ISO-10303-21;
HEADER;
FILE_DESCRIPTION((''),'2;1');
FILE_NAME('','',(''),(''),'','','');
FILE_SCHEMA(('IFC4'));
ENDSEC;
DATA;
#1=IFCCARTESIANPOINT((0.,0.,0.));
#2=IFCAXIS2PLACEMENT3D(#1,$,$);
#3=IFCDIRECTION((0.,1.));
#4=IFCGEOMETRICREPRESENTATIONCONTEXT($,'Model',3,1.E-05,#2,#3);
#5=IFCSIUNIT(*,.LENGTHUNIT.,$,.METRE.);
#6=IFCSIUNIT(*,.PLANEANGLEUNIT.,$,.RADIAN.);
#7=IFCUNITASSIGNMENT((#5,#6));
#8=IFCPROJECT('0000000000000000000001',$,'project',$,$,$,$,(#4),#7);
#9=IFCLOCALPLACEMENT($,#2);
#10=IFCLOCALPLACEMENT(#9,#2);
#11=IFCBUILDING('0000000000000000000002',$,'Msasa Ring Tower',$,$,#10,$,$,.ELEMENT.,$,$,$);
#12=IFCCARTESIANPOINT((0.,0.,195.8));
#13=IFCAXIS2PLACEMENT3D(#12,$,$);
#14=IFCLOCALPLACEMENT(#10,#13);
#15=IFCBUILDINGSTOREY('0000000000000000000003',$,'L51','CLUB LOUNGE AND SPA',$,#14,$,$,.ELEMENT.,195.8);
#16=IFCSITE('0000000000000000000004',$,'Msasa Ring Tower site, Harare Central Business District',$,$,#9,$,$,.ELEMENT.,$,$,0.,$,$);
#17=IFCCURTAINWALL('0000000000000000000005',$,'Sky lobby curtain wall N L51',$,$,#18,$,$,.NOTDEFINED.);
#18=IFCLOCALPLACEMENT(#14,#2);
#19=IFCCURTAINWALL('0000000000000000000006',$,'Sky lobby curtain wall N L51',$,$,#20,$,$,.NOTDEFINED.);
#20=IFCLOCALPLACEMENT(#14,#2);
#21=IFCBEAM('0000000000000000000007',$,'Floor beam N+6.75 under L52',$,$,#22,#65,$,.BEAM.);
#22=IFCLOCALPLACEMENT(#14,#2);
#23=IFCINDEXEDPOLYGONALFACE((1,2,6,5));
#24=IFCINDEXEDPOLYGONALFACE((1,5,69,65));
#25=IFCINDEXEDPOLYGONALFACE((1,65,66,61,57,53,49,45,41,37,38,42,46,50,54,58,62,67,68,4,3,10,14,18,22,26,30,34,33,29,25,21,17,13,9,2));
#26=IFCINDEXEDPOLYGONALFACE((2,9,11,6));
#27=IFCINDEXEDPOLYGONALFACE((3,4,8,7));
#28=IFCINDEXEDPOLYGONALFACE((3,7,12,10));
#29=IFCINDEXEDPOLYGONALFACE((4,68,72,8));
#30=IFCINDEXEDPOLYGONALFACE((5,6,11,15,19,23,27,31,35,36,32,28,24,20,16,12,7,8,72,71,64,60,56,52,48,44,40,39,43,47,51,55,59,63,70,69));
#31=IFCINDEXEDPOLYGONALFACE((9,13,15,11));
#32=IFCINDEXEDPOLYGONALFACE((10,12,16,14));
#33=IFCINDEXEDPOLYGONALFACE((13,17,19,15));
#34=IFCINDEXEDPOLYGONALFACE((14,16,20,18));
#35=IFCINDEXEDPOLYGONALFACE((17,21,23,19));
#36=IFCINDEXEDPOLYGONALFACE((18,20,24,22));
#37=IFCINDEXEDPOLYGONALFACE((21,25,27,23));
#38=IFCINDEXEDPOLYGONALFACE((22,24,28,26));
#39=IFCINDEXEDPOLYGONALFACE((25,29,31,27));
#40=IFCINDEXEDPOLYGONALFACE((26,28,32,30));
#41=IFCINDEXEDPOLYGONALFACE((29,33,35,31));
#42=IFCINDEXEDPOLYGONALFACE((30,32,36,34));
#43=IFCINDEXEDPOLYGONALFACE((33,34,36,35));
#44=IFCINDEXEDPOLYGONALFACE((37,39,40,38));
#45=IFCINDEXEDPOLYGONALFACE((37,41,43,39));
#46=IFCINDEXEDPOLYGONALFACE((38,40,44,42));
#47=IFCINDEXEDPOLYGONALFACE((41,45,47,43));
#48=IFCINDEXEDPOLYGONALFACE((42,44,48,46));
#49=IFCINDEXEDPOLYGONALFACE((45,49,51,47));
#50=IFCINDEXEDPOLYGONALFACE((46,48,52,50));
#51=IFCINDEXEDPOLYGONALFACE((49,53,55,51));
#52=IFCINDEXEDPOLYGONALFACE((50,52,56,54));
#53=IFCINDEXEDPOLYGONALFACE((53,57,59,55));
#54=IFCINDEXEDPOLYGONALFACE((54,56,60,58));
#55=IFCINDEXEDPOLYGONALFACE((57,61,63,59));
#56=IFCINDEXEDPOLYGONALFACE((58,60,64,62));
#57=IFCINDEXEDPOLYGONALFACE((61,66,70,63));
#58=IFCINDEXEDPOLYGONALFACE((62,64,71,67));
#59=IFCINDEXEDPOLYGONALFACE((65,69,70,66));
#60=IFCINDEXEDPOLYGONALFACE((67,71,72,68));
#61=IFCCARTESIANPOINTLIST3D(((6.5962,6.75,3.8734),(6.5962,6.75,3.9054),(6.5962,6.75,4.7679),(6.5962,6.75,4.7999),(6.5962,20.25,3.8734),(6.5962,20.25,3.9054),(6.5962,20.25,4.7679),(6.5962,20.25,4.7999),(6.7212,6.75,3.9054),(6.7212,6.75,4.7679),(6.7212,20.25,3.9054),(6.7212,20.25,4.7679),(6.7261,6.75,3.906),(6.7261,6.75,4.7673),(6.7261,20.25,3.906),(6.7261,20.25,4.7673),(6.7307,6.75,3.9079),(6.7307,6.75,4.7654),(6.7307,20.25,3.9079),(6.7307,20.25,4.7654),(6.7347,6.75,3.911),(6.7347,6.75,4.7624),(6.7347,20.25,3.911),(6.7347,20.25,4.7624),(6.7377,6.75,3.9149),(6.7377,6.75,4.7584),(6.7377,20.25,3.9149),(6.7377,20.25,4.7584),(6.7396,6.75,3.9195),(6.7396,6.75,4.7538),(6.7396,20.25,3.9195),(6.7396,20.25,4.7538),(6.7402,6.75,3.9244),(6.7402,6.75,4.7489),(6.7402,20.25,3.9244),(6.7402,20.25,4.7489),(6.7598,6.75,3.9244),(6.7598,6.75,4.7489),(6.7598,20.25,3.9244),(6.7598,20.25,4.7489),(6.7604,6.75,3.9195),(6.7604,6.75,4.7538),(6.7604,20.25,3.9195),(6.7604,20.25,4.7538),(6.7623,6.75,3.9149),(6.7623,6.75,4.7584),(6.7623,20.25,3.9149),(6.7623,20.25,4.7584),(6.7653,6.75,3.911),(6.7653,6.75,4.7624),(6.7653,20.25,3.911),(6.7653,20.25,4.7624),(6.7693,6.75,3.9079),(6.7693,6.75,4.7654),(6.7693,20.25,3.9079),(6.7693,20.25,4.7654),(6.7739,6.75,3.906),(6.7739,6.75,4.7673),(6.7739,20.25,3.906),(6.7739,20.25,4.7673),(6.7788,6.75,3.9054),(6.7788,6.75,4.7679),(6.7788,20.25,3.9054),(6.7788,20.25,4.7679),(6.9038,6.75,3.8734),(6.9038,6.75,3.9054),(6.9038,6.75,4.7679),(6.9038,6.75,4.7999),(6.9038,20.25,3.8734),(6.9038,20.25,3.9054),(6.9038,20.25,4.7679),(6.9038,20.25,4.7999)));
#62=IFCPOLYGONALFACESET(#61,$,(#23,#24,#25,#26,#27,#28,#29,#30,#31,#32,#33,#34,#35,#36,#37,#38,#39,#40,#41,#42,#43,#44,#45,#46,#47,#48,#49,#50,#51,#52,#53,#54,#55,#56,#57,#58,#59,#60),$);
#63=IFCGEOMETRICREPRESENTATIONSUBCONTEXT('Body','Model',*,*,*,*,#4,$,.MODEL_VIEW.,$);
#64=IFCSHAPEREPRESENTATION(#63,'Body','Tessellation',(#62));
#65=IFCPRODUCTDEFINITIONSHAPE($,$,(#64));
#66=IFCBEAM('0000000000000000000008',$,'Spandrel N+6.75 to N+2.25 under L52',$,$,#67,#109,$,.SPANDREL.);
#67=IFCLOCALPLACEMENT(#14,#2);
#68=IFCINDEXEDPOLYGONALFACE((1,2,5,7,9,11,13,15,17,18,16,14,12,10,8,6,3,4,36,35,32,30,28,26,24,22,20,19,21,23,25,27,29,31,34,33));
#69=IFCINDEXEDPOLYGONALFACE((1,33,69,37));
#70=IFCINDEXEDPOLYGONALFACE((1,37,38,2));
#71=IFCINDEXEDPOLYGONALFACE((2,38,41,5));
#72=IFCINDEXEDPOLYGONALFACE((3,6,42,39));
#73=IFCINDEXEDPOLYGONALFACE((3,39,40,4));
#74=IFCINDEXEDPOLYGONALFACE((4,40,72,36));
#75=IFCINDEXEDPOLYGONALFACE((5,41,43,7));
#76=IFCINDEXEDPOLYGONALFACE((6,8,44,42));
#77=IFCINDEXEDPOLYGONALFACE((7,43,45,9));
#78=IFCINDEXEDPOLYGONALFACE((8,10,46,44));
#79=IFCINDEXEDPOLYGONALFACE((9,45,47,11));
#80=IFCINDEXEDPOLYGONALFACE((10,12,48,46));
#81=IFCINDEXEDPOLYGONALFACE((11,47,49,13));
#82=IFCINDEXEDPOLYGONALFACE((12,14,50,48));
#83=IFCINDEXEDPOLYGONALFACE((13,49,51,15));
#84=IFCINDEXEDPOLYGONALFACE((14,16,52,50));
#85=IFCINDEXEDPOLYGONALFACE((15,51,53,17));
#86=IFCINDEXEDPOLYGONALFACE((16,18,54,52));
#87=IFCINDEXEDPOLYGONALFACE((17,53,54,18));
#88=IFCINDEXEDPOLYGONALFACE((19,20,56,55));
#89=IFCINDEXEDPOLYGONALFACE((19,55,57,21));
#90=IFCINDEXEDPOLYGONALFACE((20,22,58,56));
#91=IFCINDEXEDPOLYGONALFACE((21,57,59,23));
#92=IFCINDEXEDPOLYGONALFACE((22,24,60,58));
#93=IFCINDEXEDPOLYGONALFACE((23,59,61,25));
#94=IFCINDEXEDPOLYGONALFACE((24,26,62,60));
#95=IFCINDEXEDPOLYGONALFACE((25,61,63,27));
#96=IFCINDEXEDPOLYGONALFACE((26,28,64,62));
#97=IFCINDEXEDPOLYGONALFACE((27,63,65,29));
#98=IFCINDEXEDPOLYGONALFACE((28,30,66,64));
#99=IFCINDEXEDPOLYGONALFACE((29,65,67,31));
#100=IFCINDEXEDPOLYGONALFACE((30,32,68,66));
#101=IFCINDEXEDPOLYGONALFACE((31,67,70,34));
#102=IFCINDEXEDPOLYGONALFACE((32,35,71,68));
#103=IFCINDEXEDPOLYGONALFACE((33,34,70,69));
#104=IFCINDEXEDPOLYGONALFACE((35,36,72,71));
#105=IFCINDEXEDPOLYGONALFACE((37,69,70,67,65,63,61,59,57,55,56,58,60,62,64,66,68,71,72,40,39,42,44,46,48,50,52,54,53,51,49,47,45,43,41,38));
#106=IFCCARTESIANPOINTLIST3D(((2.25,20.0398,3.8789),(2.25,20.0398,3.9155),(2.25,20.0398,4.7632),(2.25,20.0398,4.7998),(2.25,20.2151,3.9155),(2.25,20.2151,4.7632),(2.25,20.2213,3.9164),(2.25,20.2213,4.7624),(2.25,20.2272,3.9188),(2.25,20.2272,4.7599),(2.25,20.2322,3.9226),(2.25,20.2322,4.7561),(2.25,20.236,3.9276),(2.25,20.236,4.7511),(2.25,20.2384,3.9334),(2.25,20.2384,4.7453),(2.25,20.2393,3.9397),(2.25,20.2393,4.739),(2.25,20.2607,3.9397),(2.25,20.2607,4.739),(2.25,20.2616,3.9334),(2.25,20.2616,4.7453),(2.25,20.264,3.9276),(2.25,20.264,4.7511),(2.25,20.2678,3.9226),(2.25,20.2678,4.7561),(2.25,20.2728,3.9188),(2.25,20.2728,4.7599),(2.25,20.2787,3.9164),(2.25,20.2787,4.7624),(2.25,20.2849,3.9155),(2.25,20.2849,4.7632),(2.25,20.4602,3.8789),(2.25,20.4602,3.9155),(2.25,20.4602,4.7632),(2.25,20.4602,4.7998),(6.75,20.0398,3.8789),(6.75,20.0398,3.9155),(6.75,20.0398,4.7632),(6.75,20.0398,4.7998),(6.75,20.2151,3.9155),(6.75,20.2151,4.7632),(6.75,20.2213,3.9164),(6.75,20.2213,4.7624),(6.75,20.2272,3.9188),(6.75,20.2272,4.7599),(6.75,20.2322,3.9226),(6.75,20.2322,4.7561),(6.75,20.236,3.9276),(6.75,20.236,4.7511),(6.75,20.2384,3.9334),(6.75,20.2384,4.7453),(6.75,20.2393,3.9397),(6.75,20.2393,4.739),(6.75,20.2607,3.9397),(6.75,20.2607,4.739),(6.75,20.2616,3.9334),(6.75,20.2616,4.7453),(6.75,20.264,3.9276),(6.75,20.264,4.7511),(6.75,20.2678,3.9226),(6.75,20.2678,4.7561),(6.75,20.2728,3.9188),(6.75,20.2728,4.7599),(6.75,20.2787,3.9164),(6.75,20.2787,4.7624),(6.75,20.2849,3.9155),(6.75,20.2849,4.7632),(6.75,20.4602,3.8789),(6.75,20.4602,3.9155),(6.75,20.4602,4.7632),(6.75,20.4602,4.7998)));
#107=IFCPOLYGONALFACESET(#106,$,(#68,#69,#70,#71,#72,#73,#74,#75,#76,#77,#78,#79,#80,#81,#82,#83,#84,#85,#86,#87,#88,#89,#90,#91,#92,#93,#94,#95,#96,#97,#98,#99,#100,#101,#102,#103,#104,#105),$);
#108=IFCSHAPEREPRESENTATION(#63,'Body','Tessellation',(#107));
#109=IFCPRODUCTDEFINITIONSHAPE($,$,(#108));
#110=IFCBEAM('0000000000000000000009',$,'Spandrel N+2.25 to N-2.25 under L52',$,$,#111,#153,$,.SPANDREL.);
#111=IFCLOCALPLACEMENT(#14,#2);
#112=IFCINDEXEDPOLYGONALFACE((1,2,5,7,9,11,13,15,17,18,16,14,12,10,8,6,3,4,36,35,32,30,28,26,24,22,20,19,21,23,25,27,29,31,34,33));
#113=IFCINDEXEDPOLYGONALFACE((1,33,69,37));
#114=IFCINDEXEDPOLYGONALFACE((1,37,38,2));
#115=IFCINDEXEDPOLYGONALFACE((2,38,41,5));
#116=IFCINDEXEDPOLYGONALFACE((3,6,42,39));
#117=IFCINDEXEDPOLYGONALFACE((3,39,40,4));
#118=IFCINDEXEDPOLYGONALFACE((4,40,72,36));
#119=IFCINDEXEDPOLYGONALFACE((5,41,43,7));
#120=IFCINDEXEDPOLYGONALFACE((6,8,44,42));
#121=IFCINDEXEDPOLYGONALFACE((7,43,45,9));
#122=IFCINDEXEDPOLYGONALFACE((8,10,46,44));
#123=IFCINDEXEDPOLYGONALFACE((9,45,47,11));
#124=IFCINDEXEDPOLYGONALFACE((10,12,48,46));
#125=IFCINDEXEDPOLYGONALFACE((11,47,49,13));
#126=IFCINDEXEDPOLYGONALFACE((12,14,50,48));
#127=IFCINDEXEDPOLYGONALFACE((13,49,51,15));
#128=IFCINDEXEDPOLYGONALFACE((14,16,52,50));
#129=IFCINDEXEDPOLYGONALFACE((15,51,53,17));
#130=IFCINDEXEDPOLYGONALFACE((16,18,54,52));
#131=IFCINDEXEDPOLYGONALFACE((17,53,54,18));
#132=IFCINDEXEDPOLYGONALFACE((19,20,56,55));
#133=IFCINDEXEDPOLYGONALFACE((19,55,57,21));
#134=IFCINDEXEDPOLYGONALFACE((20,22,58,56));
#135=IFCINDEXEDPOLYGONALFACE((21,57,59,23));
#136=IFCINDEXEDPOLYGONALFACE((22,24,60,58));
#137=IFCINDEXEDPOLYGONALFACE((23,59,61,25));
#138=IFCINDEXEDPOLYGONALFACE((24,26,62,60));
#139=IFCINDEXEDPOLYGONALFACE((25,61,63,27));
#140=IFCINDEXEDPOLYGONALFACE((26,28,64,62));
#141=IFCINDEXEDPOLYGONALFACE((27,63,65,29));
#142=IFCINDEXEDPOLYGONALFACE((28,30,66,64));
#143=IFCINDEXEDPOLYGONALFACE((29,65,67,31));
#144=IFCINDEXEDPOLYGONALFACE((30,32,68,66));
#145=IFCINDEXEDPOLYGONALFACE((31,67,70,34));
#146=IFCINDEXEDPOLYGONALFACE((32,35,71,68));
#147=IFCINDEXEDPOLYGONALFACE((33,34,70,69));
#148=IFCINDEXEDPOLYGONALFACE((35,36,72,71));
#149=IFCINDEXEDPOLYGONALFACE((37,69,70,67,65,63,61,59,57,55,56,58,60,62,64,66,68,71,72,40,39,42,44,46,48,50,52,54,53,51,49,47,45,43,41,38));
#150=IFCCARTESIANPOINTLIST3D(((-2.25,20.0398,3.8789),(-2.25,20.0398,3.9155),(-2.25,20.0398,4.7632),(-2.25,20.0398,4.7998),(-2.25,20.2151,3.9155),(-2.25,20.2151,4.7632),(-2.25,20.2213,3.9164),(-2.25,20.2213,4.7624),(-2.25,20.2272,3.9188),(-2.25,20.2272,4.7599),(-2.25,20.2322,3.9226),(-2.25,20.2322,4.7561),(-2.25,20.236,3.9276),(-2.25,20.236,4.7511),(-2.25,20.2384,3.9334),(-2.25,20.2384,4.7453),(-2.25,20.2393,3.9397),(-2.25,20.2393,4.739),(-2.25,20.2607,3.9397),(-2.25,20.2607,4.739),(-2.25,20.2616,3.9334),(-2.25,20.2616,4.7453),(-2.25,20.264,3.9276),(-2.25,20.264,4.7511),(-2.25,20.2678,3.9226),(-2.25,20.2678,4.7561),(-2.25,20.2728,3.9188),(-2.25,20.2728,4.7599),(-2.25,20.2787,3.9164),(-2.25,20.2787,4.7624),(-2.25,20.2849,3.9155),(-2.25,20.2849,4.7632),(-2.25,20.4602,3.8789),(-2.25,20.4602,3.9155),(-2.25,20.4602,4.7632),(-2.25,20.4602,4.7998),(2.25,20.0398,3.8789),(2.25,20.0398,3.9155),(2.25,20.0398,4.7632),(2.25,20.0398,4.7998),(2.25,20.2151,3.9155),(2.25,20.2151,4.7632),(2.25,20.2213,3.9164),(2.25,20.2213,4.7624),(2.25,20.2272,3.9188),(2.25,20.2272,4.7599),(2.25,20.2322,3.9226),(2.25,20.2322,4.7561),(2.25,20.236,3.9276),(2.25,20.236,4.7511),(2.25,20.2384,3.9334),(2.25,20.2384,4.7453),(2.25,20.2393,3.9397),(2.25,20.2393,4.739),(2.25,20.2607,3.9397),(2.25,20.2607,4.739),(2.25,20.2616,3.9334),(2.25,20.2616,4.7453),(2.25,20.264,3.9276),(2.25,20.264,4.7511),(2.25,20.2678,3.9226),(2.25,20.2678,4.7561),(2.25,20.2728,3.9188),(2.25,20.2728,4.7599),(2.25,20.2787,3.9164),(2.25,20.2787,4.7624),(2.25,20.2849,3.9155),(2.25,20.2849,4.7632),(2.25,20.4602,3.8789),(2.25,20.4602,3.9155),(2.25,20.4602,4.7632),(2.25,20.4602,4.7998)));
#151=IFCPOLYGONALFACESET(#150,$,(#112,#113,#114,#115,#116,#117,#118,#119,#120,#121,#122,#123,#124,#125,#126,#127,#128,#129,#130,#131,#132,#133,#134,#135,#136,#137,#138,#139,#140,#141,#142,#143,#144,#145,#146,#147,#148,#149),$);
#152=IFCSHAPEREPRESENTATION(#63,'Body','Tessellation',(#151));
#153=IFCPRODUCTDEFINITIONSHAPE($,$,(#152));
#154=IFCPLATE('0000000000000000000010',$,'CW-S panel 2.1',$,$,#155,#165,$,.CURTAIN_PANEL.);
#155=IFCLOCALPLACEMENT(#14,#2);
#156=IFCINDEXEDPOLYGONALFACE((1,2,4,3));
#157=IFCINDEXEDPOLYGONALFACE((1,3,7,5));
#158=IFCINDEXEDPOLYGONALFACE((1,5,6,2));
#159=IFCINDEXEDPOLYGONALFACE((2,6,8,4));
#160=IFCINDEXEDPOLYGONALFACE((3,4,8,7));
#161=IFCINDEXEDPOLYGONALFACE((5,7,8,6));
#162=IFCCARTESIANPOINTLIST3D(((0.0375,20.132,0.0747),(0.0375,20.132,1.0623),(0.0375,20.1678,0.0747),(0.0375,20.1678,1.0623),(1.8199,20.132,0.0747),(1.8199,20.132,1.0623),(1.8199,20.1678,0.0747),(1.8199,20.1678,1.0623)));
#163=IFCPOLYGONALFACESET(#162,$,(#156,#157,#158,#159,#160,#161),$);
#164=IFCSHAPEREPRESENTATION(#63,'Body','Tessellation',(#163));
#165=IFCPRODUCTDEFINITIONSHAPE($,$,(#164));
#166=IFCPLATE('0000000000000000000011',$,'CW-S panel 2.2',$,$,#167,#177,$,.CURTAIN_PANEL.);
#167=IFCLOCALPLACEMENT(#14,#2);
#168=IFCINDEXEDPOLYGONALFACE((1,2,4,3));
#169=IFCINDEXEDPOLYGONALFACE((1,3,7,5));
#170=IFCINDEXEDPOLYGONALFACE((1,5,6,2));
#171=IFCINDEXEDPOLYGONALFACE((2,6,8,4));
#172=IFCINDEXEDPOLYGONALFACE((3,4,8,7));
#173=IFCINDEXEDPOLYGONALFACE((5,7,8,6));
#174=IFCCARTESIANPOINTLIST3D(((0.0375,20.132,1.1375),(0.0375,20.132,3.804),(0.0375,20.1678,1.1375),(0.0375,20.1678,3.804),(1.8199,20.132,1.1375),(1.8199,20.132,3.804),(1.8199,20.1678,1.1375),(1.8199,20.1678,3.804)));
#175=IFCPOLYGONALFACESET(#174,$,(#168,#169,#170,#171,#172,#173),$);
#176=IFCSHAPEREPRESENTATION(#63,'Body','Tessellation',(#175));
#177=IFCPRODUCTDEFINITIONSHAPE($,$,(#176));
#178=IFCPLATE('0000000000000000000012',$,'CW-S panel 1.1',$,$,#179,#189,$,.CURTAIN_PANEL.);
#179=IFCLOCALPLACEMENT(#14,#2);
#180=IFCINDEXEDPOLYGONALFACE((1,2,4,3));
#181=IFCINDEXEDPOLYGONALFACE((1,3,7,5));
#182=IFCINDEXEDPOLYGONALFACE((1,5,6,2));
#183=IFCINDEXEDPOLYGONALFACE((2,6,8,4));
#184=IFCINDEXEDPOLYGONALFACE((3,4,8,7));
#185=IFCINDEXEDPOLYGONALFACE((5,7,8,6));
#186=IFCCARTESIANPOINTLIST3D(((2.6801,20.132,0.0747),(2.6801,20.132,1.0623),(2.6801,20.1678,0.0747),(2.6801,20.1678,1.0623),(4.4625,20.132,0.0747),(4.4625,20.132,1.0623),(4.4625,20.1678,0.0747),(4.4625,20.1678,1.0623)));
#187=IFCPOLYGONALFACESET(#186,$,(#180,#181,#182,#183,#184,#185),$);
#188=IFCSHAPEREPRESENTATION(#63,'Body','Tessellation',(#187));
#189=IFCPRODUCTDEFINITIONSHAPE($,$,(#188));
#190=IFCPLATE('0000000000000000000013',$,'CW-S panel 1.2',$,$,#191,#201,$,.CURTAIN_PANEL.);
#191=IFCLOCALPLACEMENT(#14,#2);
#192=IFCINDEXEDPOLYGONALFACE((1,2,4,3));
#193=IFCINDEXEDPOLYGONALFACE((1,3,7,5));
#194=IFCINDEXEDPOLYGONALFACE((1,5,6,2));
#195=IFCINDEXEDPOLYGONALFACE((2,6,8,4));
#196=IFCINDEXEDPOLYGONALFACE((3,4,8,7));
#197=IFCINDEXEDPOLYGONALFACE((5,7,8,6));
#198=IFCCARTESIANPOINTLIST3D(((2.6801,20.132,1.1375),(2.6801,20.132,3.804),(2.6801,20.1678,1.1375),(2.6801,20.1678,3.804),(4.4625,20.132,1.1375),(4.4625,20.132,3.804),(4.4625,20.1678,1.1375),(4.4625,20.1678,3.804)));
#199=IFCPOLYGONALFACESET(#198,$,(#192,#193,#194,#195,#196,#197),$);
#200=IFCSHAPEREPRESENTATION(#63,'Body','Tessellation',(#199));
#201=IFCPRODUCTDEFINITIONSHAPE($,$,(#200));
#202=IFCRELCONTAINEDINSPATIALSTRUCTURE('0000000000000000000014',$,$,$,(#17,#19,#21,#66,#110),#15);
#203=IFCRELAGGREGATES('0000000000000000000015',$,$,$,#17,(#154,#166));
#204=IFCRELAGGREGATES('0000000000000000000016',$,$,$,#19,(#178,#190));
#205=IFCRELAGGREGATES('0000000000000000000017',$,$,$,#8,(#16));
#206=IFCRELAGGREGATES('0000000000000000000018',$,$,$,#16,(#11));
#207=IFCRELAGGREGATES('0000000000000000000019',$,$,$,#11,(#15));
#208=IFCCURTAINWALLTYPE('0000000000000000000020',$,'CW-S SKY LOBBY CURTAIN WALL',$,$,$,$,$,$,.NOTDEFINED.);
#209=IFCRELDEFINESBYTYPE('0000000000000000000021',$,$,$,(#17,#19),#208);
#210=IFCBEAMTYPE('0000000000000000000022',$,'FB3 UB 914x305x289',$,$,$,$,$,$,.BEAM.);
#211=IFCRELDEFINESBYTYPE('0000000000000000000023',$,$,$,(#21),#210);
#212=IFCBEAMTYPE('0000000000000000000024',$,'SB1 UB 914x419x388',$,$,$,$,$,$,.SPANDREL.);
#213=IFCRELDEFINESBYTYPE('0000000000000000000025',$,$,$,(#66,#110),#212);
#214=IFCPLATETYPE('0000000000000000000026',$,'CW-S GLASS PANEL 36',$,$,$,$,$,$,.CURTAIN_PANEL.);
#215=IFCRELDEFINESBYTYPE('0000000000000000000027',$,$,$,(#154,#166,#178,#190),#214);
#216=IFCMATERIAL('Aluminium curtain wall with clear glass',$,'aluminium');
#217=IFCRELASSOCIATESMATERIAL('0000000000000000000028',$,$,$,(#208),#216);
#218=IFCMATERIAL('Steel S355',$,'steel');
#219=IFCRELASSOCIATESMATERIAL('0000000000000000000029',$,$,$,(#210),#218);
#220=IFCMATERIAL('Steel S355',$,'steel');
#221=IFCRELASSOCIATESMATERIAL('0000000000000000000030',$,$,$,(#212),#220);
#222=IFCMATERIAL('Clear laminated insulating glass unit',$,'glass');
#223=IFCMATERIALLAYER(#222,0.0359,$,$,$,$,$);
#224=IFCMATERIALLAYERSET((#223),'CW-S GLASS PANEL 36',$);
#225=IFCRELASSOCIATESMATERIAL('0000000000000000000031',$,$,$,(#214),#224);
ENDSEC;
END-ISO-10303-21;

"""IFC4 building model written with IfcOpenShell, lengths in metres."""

from ifc_helpers import new_model, si_unit, direction, frame, origin, origin_2d, place, context, subcontext, project, spatial, rectangle, i_section, extrude, material, layer, layer_set, material_profile, profile_set, type_object, element, aggregate, save


model = new_model("IFC4")

# Units and contexts
model_context = context("Model", 3, precision=1e-05, world=origin(), true_north=direction((0.0, 1.0)))
body_context = subcontext(model_context, "Body", "Model", "MODEL_VIEW")
ifc_project = project(units=[si_unit("LENGTHUNIT", "METRE"), si_unit("PLANEANGLEUNIT", "RADIAN")], contexts=[model_context])

# Site, building, storey
site_placement = place(None, origin())
site = spatial("IfcSite", under=ifc_project, at=site_placement, Name="Msasa Ring Tower site, Harare Central Business District", CompositionType="ELEMENT", RefElevation=0.0)
building_placement = place(site_placement, origin())
building = spatial("IfcBuilding", under=site, at=building_placement, Name="Msasa Ring Tower", CompositionType="ELEMENT")
storey_placement = place(building_placement, frame((0.0, 0.0, 195.8)))
storey = spatial("IfcBuildingStorey", under=building, at=storey_placement, Name="L51", Description="CLUB LOUNGE AND SPA", CompositionType="ELEMENT", Elevation=195.8)

# Curtain wall
ifc_material_1 = material(Name="Aluminium curtain wall with clear glass", Category="aluminium")
curtain_wall_type = type_object("IfcCurtainWallType", Name="CW-S SKY LOBBY CURTAIN WALL", PredefinedType="NOTDEFINED", material=ifc_material_1)
curtain_wall_1_placement = place(storey_placement, origin())
curtain_wall_1 = element("IfcCurtainWall", 1, at=curtain_wall_1_placement, inside=storey, type_object=curtain_wall_type, Name="Sky lobby curtain wall N L51", PredefinedType="NOTDEFINED")

# Curtain wall
curtain_wall_2_placement = place(storey_placement, origin())
curtain_wall_2 = element("IfcCurtainWall", 2, at=curtain_wall_2_placement, inside=storey, type_object=curtain_wall_type, Name="Sky lobby curtain wall N L51", PredefinedType="NOTDEFINED")

# Beams
ifc_material_2 = material(Name="Steel S355", Category="steel")
ifc_material_profile_1 = material_profile(ifc_material_2, i_section(OverallWidth=0.3076, OverallDepth=0.9265, WebThickness=0.0195, FlangeThickness=0.032, FilletRadius=0.019, at=origin_2d()), Name="UB 914x305x289")
ifc_profile_set_1 = profile_set([ifc_material_profile_1], Name="Steel S355")
beam_type_1 = type_object("IfcBeamType", Name="FB3 UB 914x305x289", PredefinedType="BEAM", material=ifc_profile_set_1)
for number, where, z_axis, x_axis, name in (
    (3, (6.75, 20.25, 4.3367), (0.0, -1.0, 0.0), (1.0, 0.0, 0.0), "Floor beam N+6.75 under L52"),
):
    element("IfcBeam", number, at=place(storey_placement, frame(where, z_axis=z_axis, x_axis=x_axis)), inside=storey, type_object=beam_type_1, Name=name, PredefinedType="BEAM", context=body_context, shape_type="SweptSolid", body=[
        extrude(i_section(OverallWidth=0.3076, OverallDepth=0.9265, WebThickness=0.0195, FlangeThickness=0.032, FilletRadius=0.019, at=origin_2d()), origin(), (0.0, 0.0, 1.0), 13.5),
    ])
ifc_material_3 = material(Name="Steel S355", Category="steel")
ifc_material_profile_2 = material_profile(ifc_material_3, i_section(OverallWidth=0.4204, OverallDepth=0.9209, WebThickness=0.0215, FlangeThickness=0.0366, FilletRadius=0.0242, at=origin_2d()), Name="UB 914x419x388")
ifc_profile_set_2 = profile_set([ifc_material_profile_2], Name="Steel S355")
beam_type_2 = type_object("IfcBeamType", Name="SB1 UB 914x419x388", PredefinedType="SPANDREL", material=ifc_profile_set_2)
for number, where, z_axis, x_axis, name in (
    (4, (6.75, 20.25, 4.3394), (-1.0, 0.0, 0.0), (0.0, -1.0, 0.0), "Spandrel N+6.75 to N+2.25 under L52"),
    (5, (2.25, 20.25, 4.3394), (-1.0, 0.0, 0.0), (0.0, -1.0, 0.0), "Spandrel N+2.25 to N-2.25 under L52"),
):
    element("IfcBeam", number, at=place(storey_placement, frame(where, z_axis=z_axis, x_axis=x_axis)), inside=storey, type_object=beam_type_2, Name=name, PredefinedType="SPANDREL", context=body_context, shape_type="SweptSolid", body=[
        extrude(i_section(OverallWidth=0.4204, OverallDepth=0.9209, WebThickness=0.0215, FlangeThickness=0.0366, FilletRadius=0.0242, at=origin_2d()), origin(), (0.0, 0.0, 1.0), 4.5),
    ])

# Plates
ifc_material_4 = material(Name="Clear laminated insulating glass unit", Category="glass")
ifc_layer = layer(ifc_material_4, 0.0359)
ifc_layer_set = layer_set([ifc_layer], Name="CW-S GLASS PANEL 36")
plate_type = type_object("IfcPlateType", Name="CW-S GLASS PANEL 36", PredefinedType="CURTAIN_PANEL", material=ifc_layer_set)
plate_1_placement = place(storey_placement, frame((0.9287, 20.1499, 0.0747), z_axis=(0.0, 0.0, 1.0), x_axis=(1.0, 0.0, 0.0)))
plate_1 = element("IfcPlate", 6, at=plate_1_placement, type_object=plate_type, Name="CW-S panel 2.1", PredefinedType="CURTAIN_PANEL", context=body_context, shape_type="SweptSolid", body=[
    extrude(rectangle(XDim=1.7825, YDim=0.0359, at=origin_2d()), origin(), (0.0, 0.0, 1.0), 0.9875),
])
plate_2_placement = place(storey_placement, frame((0.9287, 20.1499, 1.1375), z_axis=(0.0, 0.0, 1.0), x_axis=(1.0, 0.0, 0.0)))
plate_2 = element("IfcPlate", 7, at=plate_2_placement, type_object=plate_type, Name="CW-S panel 2.2", PredefinedType="CURTAIN_PANEL", context=body_context, shape_type="SweptSolid", body=[
    extrude(rectangle(XDim=1.7825, YDim=0.0359, at=origin_2d()), origin(), (0.0, 0.0, 1.0), 2.6665),
])
aggregate(curtain_wall_1, [plate_1, plate_2])
plate_3_placement = place(storey_placement, frame((3.5713, 20.1499, 0.0747), z_axis=(0.0, 0.0, 1.0), x_axis=(1.0, 0.0, 0.0)))
plate_3 = element("IfcPlate", 8, at=plate_3_placement, type_object=plate_type, Name="CW-S panel 1.1", PredefinedType="CURTAIN_PANEL", context=body_context, shape_type="SweptSolid", body=[
    extrude(rectangle(XDim=1.7825, YDim=0.0359, at=origin_2d()), origin(), (0.0, 0.0, 1.0), 0.9875),
])
plate_4_placement = place(storey_placement, frame((3.5713, 20.1499, 1.1375), z_axis=(0.0, 0.0, 1.0), x_axis=(1.0, 0.0, 0.0)))
plate_4 = element("IfcPlate", 9, at=plate_4_placement, type_object=plate_type, Name="CW-S panel 1.2", PredefinedType="CURTAIN_PANEL", context=body_context, shape_type="SweptSolid", body=[
    extrude(rectangle(XDim=1.7825, YDim=0.0359, at=origin_2d()), origin(), (0.0, 0.0, 1.0), 2.6665),
])
aggregate(curtain_wall_2, [plate_3, plate_4])

save(model, "model.ifc")
